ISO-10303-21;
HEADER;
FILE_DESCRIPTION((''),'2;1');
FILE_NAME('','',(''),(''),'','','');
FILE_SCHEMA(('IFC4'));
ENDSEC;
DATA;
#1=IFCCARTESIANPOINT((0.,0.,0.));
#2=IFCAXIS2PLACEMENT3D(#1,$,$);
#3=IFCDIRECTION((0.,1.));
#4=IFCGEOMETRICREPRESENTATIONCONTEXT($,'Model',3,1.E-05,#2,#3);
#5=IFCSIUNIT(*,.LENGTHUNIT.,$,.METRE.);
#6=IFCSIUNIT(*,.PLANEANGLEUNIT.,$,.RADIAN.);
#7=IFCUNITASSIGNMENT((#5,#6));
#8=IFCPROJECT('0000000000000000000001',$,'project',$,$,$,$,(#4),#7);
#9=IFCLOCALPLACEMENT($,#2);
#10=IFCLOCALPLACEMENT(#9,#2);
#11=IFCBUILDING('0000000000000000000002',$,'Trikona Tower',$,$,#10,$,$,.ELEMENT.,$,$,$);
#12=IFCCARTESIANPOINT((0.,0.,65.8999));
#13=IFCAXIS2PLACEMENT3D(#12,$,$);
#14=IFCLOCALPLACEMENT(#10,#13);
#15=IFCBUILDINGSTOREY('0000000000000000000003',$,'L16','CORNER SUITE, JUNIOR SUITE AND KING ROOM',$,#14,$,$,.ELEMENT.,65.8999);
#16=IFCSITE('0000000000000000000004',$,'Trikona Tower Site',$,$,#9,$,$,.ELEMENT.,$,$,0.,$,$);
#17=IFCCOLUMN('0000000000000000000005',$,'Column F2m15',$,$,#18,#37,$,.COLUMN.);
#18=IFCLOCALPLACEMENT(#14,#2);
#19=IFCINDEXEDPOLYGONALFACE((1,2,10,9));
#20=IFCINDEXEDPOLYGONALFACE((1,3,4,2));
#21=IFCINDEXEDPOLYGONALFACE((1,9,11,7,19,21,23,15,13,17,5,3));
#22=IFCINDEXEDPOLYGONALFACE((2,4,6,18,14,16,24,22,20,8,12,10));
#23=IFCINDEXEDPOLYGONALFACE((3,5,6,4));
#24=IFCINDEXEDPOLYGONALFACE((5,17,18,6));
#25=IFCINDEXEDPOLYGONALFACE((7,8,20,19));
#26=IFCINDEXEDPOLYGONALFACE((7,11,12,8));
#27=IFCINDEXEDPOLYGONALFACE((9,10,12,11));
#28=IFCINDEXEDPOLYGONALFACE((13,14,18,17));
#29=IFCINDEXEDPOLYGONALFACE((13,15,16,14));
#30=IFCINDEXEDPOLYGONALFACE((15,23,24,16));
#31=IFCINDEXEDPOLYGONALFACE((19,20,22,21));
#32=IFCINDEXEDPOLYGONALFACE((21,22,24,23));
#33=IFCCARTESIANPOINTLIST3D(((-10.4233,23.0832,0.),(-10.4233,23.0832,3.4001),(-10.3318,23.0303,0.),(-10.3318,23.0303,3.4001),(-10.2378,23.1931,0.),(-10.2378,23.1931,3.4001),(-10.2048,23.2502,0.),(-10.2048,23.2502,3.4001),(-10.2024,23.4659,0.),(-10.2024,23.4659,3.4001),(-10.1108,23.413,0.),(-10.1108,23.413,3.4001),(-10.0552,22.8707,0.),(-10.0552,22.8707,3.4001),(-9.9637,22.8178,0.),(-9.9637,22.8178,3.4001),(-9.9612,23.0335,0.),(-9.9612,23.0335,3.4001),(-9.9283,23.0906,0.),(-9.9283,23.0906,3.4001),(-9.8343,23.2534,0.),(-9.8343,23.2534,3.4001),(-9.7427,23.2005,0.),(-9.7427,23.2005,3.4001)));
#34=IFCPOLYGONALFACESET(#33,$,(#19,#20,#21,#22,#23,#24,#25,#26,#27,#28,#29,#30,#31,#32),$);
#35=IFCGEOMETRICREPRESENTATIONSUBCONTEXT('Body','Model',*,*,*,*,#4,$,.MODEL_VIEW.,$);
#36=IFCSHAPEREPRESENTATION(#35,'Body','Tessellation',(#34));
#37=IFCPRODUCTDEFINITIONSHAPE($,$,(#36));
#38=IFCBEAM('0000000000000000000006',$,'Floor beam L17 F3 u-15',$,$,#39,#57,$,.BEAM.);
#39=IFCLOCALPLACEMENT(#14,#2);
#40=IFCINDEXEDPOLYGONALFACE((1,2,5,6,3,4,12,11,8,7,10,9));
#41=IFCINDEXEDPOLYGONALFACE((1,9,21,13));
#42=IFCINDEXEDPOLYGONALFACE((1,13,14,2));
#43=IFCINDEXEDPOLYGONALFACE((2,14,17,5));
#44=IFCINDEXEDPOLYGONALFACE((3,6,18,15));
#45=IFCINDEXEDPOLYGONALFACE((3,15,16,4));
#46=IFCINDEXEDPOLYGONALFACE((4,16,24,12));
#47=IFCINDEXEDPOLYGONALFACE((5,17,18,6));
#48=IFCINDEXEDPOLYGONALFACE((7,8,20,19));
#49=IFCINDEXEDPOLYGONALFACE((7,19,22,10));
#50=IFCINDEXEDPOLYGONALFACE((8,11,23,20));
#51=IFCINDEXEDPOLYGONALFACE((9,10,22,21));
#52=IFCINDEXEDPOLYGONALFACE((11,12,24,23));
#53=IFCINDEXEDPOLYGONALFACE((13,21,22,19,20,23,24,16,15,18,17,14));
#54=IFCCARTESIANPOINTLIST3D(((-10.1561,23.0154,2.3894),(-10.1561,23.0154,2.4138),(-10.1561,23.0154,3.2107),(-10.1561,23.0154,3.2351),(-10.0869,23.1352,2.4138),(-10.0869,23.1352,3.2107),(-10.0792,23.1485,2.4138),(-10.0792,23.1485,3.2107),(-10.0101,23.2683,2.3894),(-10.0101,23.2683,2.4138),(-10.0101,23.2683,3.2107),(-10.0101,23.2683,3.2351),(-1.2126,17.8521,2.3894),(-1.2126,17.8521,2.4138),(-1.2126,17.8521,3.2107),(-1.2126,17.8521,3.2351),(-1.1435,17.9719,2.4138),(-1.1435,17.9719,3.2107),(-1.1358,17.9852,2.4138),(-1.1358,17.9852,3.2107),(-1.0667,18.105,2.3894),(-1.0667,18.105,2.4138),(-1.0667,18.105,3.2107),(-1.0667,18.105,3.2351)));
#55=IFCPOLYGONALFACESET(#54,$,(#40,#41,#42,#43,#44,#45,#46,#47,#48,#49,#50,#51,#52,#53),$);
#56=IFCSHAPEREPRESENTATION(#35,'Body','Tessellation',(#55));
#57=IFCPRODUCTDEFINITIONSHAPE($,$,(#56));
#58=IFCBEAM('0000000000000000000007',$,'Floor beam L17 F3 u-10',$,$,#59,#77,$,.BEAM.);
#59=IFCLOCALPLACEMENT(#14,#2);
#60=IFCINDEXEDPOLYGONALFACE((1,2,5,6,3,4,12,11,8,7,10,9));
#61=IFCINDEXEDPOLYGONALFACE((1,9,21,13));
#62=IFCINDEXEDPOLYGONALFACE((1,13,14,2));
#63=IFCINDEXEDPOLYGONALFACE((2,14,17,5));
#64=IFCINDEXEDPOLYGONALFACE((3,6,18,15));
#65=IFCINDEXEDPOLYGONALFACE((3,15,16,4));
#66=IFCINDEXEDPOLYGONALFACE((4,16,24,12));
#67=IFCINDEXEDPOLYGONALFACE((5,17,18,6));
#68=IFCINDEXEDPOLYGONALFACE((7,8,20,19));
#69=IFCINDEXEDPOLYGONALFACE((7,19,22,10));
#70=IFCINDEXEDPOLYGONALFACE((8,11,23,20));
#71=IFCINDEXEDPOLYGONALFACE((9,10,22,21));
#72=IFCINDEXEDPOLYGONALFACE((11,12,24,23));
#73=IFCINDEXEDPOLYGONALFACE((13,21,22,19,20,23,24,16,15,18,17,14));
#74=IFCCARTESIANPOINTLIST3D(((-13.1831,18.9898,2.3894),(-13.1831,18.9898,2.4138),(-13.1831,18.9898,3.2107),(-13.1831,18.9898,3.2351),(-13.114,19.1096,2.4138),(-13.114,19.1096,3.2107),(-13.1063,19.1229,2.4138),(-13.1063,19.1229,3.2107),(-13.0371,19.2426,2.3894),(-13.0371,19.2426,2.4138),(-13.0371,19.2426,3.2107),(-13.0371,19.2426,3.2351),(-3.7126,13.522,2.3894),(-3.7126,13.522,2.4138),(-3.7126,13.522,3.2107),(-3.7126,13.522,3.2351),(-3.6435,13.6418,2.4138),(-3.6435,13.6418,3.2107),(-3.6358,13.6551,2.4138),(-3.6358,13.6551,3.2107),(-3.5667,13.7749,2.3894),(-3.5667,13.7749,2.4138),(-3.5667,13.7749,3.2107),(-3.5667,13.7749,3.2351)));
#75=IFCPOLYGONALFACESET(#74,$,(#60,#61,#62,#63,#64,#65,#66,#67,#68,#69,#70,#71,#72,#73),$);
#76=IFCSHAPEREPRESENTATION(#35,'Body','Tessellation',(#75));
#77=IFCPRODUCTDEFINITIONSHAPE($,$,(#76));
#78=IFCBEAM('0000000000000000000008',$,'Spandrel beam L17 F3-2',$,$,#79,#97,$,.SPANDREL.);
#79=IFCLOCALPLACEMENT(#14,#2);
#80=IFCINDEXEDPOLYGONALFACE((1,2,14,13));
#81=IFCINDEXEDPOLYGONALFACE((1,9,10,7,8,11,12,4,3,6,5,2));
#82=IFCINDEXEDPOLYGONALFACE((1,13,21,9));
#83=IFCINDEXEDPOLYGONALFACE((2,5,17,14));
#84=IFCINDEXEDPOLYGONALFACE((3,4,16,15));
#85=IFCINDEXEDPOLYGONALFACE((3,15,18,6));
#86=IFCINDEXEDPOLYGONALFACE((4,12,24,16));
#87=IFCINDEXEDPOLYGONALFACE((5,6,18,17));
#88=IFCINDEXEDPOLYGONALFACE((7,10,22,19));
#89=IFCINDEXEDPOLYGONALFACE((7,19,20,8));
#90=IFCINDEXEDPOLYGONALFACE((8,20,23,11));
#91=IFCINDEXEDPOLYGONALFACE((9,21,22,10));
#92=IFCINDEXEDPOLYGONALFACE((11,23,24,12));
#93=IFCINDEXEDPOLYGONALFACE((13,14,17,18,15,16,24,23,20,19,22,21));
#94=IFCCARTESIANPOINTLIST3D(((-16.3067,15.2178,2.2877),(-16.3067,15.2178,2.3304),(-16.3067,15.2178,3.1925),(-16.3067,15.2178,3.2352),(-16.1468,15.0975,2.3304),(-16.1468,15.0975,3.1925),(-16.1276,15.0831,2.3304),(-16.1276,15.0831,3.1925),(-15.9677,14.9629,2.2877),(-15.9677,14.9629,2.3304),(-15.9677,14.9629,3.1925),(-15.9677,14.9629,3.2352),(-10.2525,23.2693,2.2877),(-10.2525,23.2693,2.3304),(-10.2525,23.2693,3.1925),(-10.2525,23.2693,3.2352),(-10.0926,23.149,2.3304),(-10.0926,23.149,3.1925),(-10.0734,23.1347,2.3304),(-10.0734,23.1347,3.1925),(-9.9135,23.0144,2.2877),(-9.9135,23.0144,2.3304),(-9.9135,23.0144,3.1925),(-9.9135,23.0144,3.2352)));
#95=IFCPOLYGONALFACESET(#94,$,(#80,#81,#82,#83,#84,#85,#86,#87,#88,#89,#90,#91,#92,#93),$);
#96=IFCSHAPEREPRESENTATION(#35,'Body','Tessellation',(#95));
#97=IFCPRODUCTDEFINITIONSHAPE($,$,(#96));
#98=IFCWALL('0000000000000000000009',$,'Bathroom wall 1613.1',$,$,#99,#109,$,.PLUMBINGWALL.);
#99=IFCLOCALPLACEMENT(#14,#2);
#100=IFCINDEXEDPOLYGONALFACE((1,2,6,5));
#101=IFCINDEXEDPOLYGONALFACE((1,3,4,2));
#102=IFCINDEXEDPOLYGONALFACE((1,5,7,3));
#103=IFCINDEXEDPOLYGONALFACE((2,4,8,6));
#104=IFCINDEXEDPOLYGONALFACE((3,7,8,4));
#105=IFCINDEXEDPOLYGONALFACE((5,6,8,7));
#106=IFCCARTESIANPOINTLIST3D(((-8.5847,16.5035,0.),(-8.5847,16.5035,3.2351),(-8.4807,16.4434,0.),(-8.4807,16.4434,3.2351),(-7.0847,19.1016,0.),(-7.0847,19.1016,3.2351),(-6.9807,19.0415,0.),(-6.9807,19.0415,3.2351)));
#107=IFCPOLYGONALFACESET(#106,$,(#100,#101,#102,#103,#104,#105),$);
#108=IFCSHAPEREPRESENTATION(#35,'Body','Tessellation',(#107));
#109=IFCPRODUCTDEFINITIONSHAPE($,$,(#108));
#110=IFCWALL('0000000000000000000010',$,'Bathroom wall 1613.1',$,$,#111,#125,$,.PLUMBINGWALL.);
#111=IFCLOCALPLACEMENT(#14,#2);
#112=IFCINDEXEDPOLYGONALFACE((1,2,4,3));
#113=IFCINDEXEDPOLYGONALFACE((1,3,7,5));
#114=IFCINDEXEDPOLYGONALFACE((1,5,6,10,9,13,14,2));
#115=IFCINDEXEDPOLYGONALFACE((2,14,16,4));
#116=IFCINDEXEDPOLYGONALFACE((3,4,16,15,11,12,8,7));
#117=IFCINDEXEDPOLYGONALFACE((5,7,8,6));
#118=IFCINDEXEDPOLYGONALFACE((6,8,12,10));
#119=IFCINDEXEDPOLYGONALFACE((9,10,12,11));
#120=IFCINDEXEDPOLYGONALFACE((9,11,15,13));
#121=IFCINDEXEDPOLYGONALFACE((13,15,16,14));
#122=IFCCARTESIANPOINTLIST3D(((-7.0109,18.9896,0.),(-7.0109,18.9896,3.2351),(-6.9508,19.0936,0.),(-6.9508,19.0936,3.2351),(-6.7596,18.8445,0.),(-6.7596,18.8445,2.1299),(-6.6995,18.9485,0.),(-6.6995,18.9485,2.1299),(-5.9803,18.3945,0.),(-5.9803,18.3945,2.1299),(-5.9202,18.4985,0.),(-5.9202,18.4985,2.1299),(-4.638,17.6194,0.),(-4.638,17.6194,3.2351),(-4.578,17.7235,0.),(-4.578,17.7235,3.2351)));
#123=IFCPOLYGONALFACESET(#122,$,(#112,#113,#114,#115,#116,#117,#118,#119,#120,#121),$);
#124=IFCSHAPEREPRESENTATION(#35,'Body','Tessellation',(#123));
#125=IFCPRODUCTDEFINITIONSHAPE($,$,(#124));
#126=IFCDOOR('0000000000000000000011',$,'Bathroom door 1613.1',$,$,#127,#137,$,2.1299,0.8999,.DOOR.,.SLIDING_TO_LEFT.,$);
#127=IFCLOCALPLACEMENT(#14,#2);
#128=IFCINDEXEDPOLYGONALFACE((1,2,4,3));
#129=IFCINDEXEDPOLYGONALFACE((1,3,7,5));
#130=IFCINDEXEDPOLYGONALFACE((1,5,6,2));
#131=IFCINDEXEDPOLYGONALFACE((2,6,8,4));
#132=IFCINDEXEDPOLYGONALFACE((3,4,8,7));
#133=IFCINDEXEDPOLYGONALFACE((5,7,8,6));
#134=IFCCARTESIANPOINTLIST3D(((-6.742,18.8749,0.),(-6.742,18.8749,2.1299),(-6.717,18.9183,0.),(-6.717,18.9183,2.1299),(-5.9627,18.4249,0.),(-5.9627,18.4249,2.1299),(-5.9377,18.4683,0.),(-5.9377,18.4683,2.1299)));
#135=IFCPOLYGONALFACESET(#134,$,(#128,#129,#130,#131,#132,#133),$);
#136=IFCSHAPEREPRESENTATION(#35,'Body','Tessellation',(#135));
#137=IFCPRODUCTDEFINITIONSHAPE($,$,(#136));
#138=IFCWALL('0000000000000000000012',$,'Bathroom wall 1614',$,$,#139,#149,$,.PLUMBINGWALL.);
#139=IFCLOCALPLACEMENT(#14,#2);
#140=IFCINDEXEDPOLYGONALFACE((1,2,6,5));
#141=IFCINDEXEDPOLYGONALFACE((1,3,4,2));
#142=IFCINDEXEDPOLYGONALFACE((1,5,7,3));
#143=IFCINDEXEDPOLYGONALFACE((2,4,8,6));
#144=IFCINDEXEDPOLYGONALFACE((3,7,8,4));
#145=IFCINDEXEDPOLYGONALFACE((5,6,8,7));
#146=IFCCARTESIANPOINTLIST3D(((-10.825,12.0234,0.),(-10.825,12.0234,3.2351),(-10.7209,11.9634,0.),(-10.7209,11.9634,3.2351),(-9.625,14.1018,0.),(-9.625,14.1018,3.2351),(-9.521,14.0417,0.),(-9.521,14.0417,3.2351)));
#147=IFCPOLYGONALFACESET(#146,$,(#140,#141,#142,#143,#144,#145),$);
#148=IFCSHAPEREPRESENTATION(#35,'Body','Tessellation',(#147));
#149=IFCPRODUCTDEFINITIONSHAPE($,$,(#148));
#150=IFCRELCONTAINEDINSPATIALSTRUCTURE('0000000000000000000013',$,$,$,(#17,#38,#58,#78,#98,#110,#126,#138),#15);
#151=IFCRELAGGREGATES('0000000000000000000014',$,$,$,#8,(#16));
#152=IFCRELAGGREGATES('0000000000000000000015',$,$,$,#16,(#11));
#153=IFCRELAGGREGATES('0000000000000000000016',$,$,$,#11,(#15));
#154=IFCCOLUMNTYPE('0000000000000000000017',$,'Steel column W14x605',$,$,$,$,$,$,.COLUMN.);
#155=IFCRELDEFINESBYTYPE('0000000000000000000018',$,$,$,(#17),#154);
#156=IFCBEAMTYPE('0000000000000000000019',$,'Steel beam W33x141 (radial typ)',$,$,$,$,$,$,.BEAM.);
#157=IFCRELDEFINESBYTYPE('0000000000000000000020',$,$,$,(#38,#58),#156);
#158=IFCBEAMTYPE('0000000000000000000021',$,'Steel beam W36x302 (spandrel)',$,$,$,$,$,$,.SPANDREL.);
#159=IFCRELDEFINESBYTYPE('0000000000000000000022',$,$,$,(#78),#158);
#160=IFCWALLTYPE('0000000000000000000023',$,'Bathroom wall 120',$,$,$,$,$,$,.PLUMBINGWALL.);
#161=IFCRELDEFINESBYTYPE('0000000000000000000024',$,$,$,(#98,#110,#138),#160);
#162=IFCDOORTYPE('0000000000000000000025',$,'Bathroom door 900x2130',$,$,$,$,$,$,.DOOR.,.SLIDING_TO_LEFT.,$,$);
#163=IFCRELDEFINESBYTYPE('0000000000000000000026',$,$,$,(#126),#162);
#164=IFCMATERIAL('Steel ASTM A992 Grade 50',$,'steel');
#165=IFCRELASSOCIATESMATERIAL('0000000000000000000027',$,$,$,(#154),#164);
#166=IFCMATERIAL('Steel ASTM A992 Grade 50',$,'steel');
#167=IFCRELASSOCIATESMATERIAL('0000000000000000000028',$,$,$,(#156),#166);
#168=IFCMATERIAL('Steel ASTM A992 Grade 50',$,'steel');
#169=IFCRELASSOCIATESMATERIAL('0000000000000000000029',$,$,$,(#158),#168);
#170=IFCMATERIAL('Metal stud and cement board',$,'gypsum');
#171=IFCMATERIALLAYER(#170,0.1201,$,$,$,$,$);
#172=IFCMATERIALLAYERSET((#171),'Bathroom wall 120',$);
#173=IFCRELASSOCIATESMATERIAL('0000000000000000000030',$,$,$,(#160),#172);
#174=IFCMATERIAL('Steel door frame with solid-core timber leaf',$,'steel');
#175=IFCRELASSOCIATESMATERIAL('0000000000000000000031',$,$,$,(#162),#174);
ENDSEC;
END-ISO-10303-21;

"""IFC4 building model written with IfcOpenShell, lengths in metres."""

from ifc_helpers import new_model, si_unit, direction, frame, frame_2d, origin, origin_2d, place, context, subcontext, project, spatial, rectangle, i_section, extrude, material, layer, layer_set, material_profile, profile_set, type_object, element, fill, save


model = new_model("IFC4")

# Units and contexts
model_context = context("Model", 3, precision=1e-05, world=origin(), true_north=direction((0.0, 1.0)))
body_context = subcontext(model_context, "Body", "Model", "MODEL_VIEW")
ifc_project = project(units=[si_unit("LENGTHUNIT", "METRE"), si_unit("PLANEANGLEUNIT", "RADIAN")], contexts=[model_context])

# Site, building, storey
site_placement = place(None, origin())
site = spatial("IfcSite", under=ifc_project, at=site_placement, Name="Trikona Tower Site", CompositionType="ELEMENT", RefElevation=0.0)
building_placement = place(site_placement, origin())
building = spatial("IfcBuilding", under=site, at=building_placement, Name="Trikona Tower", CompositionType="ELEMENT")
storey_placement = place(building_placement, frame((0.0, 0.0, 65.8999)))
storey = spatial("IfcBuildingStorey", under=building, at=storey_placement, Name="L16", Description="CORNER SUITE, JUNIOR SUITE AND KING ROOM", CompositionType="ELEMENT", Elevation=65.8999)

# Column
ifc_material_1 = material(Name="Steel ASTM A992 Grade 50", Category="steel")
ifc_material_profile_1 = material_profile(ifc_material_1, i_section(OverallWidth=0.4419, OverallDepth=0.5308, WebThickness=0.0659, FlangeThickness=0.1057, at=origin_2d()), Name="W14X605")
ifc_profile_set_1 = profile_set([ifc_material_profile_1], Name="Steel ASTM A992 Grade 50")
column_type = type_object("IfcColumnType", Name="Steel column W14x605", PredefinedType="COLUMN", material=ifc_profile_set_1)
column_placement = place(storey_placement, frame((-10.083, 23.1418, 0.0), z_axis=(0.0, 0.0, 1.0), x_axis=(-0.5, -0.866025, 0.0)))
element("IfcColumn", 1, at=column_placement, inside=storey, type_object=column_type, Name="Column F2m15", PredefinedType="COLUMN", context=body_context, shape_type="SweptSolid", body=[
    extrude(i_section(OverallWidth=0.4419, OverallDepth=0.5308, WebThickness=0.0659, FlangeThickness=0.1057, at=origin_2d()), origin(), (0.0, 0.0, 1.0), 3.4001),
])

# Beams
ifc_material_2 = material(Name="Steel ASTM A992 Grade 50", Category="steel")
ifc_material_profile_2 = material_profile(ifc_material_2, i_section(OverallWidth=0.292, OverallDepth=0.8457, WebThickness=0.0154, FlangeThickness=0.0244, at=origin_2d()), Name="W33X141")
ifc_profile_set_2 = profile_set([ifc_material_profile_2], Name="Steel ASTM A992 Grade 50")
beam_type_1 = type_object("IfcBeamType", Name="Steel beam W33x141 (radial typ)", PredefinedType="BEAM", material=ifc_profile_set_2)
beam_1_placement = place(storey_placement, frame((-1.1396, 17.9785, 2.8123), z_axis=(-0.86603, 0.499991, 0.0), x_axis=(-0.499991, -0.86603, 0.0)))
element("IfcBeam", 2, at=beam_1_placement, inside=storey, type_object=beam_type_1, Name="Floor beam L17 F3 u-15", PredefinedType="BEAM", context=body_context, shape_type="SweptSolid", body=[
    extrude(i_section(OverallWidth=0.292, OverallDepth=0.8457, WebThickness=0.0154, FlangeThickness=0.0244, at=origin_2d()), origin(), (0.0, 0.0, 1.0), 10.3269),
])
beam_2_placement = place(storey_placement, frame((-3.6396, 13.6484, 2.8123), z_axis=(-0.866025, 0.5, 0.0), x_axis=(-0.5, -0.866025, 0.0)))
element("IfcBeam", 3, at=beam_2_placement, inside=storey, type_object=beam_type_1, Name="Floor beam L17 F3 u-10", PredefinedType="BEAM", context=body_context, shape_type="SweptSolid", body=[
    extrude(i_section(OverallWidth=0.292, OverallDepth=0.8457, WebThickness=0.0154, FlangeThickness=0.0244, at=origin_2d()), origin(), (0.0, 0.0, 1.0), 10.9355),
])
ifc_material_3 = material(Name="Steel ASTM A992 Grade 50", Category="steel")
ifc_material_profile_3 = material_profile(ifc_material_3, i_section(OverallWidth=0.4241, OverallDepth=0.9475, WebThickness=0.0239, FlangeThickness=0.0427, at=origin_2d()), Name="W36X302")
ifc_profile_set_3 = profile_set([ifc_material_profile_3], Name="Steel ASTM A992 Grade 50")
beam_type_2 = type_object("IfcBeamType", Name="Steel beam W36x302 (spandrel)", PredefinedType="SPANDREL", material=ifc_profile_set_3)
beam_3_placement = place(storey_placement, frame((-10.083, 23.1418, 2.7615), z_axis=(-0.600988, -0.799258, 0.0), x_axis=(0.799258, -0.600988, 0.0)))
element("IfcBeam", 4, at=beam_3_placement, inside=storey, type_object=beam_type_2, Name="Spandrel beam L17 F3-2", PredefinedType="SPANDREL", context=body_context, shape_type="SweptSolid", body=[
    extrude(i_section(OverallWidth=0.4241, OverallDepth=0.9475, WebThickness=0.0239, FlangeThickness=0.0427, at=origin_2d()), origin(), (0.0, 0.0, 1.0), 10.0737),
])

# Wall
ifc_material_4 = material(Name="Metal stud and cement board", Category="gypsum")
ifc_layer_1 = layer(ifc_material_4, 0.1201)
ifc_layer_set_1 = layer_set([ifc_layer_1], Name="Bathroom wall 120")
wall_type_1 = type_object("IfcWallType", Name="Bathroom wall 120", PredefinedType="PLUMBINGWALL", material=ifc_layer_set_1)
wall_1_placement = place(storey_placement, frame((-7.0327, 19.0715, 0.0), z_axis=(0.0, 0.0, 1.0), x_axis=(-0.49999, -0.866031, 0.0)))
element("IfcWall", 5, at=wall_1_placement, inside=storey, type_object=wall_type_1, Name="Bathroom wall 1613.1", PredefinedType="PLUMBINGWALL", context=body_context, shape_type="SweptSolid", body=[
    extrude(rectangle(XDim=3.0, YDim=0.1201, at=frame_2d((1.5, 0.0))), origin(), (0.0, 0.0, 1.0), 3.2351),
])

# Wall, opening, door
wall_2_placement = place(storey_placement, frame((-4.6079, 17.6714, 0.0), z_axis=(0.0, 0.0, 1.0), x_axis=(-0.865997, 0.500049, 0.0)))
wall_2 = element("IfcWall", 6, at=wall_2_placement, inside=storey, type_object=wall_type_1, Name="Bathroom wall 1613.1", PredefinedType="PLUMBINGWALL", context=body_context, shape_type="SweptSolid", body=[
    extrude(rectangle(XDim=2.74, YDim=0.1201, at=frame_2d((1.3701, 0.0))), origin(), (0.0, 0.0, 1.0), 3.2351),
])
opening_1_placement = place(wall_2_placement, frame((1.55, 0.0, 0.0)))
opening_1 = element("IfcOpeningElement", 7, at=opening_1_placement, cuts=wall_2, PredefinedType="OPENING", context=body_context, shape_type="SweptSolid", body=[
    extrude(rectangle(XDim=0.8999, YDim=2.1299, at=frame_2d((0.45, 1.0649))), frame((0.0, 0.0701, 0.0), z_axis=(0.0, -1.0, 0.0), x_axis=(1.0, 0.0, 0.0)), (0.0, 0.0, 1.0), 0.1401),
])
ifc_material_5 = material(Name="Steel door frame with solid-core timber leaf", Category="steel")
door_type_1 = type_object("IfcDoorType", Name="Bathroom door 900x2130", OperationType="SLIDING_TO_LEFT", PredefinedType="DOOR", material=ifc_material_5)
door_1_placement = place(opening_1_placement, origin())
door_1 = element("IfcDoor", 8, at=door_1_placement, inside=storey, type_object=door_type_1, Name="Bathroom door 1613.1", OperationType="SLIDING_TO_LEFT", OverallHeight=2.1299, OverallWidth=0.8999, PredefinedType="DOOR", context=body_context, shape_type="SweptSolid", body=[
    extrude(rectangle(XDim=0.8999, YDim=2.1299, at=frame_2d((0.45, 1.0649))), frame((0.0, 0.0249, 0.0), z_axis=(0.0, -1.0, 0.0), x_axis=(1.0, 0.0, 0.0)), (0.0, 0.0, 1.0), 0.05),
])
fill(opening_1, door_1)

# Wall
wall_3_placement = place(storey_placement, frame((-9.573, 14.0718, 0.0), z_axis=(0.0, 0.0, 1.0), x_axis=(-0.500001, -0.866025, 0.0)))
element("IfcWall", 9, at=wall_3_placement, inside=storey, type_object=wall_type_1, Name="Bathroom wall 1614", PredefinedType="PLUMBINGWALL", context=body_context, shape_type="SweptSolid", body=[
    extrude(rectangle(XDim=2.3999, YDim=0.1201, at=frame_2d((1.2, 0.0))), origin(), (0.0, 0.0, 1.0), 3.2351),
])

save(model, "model.ifc")
